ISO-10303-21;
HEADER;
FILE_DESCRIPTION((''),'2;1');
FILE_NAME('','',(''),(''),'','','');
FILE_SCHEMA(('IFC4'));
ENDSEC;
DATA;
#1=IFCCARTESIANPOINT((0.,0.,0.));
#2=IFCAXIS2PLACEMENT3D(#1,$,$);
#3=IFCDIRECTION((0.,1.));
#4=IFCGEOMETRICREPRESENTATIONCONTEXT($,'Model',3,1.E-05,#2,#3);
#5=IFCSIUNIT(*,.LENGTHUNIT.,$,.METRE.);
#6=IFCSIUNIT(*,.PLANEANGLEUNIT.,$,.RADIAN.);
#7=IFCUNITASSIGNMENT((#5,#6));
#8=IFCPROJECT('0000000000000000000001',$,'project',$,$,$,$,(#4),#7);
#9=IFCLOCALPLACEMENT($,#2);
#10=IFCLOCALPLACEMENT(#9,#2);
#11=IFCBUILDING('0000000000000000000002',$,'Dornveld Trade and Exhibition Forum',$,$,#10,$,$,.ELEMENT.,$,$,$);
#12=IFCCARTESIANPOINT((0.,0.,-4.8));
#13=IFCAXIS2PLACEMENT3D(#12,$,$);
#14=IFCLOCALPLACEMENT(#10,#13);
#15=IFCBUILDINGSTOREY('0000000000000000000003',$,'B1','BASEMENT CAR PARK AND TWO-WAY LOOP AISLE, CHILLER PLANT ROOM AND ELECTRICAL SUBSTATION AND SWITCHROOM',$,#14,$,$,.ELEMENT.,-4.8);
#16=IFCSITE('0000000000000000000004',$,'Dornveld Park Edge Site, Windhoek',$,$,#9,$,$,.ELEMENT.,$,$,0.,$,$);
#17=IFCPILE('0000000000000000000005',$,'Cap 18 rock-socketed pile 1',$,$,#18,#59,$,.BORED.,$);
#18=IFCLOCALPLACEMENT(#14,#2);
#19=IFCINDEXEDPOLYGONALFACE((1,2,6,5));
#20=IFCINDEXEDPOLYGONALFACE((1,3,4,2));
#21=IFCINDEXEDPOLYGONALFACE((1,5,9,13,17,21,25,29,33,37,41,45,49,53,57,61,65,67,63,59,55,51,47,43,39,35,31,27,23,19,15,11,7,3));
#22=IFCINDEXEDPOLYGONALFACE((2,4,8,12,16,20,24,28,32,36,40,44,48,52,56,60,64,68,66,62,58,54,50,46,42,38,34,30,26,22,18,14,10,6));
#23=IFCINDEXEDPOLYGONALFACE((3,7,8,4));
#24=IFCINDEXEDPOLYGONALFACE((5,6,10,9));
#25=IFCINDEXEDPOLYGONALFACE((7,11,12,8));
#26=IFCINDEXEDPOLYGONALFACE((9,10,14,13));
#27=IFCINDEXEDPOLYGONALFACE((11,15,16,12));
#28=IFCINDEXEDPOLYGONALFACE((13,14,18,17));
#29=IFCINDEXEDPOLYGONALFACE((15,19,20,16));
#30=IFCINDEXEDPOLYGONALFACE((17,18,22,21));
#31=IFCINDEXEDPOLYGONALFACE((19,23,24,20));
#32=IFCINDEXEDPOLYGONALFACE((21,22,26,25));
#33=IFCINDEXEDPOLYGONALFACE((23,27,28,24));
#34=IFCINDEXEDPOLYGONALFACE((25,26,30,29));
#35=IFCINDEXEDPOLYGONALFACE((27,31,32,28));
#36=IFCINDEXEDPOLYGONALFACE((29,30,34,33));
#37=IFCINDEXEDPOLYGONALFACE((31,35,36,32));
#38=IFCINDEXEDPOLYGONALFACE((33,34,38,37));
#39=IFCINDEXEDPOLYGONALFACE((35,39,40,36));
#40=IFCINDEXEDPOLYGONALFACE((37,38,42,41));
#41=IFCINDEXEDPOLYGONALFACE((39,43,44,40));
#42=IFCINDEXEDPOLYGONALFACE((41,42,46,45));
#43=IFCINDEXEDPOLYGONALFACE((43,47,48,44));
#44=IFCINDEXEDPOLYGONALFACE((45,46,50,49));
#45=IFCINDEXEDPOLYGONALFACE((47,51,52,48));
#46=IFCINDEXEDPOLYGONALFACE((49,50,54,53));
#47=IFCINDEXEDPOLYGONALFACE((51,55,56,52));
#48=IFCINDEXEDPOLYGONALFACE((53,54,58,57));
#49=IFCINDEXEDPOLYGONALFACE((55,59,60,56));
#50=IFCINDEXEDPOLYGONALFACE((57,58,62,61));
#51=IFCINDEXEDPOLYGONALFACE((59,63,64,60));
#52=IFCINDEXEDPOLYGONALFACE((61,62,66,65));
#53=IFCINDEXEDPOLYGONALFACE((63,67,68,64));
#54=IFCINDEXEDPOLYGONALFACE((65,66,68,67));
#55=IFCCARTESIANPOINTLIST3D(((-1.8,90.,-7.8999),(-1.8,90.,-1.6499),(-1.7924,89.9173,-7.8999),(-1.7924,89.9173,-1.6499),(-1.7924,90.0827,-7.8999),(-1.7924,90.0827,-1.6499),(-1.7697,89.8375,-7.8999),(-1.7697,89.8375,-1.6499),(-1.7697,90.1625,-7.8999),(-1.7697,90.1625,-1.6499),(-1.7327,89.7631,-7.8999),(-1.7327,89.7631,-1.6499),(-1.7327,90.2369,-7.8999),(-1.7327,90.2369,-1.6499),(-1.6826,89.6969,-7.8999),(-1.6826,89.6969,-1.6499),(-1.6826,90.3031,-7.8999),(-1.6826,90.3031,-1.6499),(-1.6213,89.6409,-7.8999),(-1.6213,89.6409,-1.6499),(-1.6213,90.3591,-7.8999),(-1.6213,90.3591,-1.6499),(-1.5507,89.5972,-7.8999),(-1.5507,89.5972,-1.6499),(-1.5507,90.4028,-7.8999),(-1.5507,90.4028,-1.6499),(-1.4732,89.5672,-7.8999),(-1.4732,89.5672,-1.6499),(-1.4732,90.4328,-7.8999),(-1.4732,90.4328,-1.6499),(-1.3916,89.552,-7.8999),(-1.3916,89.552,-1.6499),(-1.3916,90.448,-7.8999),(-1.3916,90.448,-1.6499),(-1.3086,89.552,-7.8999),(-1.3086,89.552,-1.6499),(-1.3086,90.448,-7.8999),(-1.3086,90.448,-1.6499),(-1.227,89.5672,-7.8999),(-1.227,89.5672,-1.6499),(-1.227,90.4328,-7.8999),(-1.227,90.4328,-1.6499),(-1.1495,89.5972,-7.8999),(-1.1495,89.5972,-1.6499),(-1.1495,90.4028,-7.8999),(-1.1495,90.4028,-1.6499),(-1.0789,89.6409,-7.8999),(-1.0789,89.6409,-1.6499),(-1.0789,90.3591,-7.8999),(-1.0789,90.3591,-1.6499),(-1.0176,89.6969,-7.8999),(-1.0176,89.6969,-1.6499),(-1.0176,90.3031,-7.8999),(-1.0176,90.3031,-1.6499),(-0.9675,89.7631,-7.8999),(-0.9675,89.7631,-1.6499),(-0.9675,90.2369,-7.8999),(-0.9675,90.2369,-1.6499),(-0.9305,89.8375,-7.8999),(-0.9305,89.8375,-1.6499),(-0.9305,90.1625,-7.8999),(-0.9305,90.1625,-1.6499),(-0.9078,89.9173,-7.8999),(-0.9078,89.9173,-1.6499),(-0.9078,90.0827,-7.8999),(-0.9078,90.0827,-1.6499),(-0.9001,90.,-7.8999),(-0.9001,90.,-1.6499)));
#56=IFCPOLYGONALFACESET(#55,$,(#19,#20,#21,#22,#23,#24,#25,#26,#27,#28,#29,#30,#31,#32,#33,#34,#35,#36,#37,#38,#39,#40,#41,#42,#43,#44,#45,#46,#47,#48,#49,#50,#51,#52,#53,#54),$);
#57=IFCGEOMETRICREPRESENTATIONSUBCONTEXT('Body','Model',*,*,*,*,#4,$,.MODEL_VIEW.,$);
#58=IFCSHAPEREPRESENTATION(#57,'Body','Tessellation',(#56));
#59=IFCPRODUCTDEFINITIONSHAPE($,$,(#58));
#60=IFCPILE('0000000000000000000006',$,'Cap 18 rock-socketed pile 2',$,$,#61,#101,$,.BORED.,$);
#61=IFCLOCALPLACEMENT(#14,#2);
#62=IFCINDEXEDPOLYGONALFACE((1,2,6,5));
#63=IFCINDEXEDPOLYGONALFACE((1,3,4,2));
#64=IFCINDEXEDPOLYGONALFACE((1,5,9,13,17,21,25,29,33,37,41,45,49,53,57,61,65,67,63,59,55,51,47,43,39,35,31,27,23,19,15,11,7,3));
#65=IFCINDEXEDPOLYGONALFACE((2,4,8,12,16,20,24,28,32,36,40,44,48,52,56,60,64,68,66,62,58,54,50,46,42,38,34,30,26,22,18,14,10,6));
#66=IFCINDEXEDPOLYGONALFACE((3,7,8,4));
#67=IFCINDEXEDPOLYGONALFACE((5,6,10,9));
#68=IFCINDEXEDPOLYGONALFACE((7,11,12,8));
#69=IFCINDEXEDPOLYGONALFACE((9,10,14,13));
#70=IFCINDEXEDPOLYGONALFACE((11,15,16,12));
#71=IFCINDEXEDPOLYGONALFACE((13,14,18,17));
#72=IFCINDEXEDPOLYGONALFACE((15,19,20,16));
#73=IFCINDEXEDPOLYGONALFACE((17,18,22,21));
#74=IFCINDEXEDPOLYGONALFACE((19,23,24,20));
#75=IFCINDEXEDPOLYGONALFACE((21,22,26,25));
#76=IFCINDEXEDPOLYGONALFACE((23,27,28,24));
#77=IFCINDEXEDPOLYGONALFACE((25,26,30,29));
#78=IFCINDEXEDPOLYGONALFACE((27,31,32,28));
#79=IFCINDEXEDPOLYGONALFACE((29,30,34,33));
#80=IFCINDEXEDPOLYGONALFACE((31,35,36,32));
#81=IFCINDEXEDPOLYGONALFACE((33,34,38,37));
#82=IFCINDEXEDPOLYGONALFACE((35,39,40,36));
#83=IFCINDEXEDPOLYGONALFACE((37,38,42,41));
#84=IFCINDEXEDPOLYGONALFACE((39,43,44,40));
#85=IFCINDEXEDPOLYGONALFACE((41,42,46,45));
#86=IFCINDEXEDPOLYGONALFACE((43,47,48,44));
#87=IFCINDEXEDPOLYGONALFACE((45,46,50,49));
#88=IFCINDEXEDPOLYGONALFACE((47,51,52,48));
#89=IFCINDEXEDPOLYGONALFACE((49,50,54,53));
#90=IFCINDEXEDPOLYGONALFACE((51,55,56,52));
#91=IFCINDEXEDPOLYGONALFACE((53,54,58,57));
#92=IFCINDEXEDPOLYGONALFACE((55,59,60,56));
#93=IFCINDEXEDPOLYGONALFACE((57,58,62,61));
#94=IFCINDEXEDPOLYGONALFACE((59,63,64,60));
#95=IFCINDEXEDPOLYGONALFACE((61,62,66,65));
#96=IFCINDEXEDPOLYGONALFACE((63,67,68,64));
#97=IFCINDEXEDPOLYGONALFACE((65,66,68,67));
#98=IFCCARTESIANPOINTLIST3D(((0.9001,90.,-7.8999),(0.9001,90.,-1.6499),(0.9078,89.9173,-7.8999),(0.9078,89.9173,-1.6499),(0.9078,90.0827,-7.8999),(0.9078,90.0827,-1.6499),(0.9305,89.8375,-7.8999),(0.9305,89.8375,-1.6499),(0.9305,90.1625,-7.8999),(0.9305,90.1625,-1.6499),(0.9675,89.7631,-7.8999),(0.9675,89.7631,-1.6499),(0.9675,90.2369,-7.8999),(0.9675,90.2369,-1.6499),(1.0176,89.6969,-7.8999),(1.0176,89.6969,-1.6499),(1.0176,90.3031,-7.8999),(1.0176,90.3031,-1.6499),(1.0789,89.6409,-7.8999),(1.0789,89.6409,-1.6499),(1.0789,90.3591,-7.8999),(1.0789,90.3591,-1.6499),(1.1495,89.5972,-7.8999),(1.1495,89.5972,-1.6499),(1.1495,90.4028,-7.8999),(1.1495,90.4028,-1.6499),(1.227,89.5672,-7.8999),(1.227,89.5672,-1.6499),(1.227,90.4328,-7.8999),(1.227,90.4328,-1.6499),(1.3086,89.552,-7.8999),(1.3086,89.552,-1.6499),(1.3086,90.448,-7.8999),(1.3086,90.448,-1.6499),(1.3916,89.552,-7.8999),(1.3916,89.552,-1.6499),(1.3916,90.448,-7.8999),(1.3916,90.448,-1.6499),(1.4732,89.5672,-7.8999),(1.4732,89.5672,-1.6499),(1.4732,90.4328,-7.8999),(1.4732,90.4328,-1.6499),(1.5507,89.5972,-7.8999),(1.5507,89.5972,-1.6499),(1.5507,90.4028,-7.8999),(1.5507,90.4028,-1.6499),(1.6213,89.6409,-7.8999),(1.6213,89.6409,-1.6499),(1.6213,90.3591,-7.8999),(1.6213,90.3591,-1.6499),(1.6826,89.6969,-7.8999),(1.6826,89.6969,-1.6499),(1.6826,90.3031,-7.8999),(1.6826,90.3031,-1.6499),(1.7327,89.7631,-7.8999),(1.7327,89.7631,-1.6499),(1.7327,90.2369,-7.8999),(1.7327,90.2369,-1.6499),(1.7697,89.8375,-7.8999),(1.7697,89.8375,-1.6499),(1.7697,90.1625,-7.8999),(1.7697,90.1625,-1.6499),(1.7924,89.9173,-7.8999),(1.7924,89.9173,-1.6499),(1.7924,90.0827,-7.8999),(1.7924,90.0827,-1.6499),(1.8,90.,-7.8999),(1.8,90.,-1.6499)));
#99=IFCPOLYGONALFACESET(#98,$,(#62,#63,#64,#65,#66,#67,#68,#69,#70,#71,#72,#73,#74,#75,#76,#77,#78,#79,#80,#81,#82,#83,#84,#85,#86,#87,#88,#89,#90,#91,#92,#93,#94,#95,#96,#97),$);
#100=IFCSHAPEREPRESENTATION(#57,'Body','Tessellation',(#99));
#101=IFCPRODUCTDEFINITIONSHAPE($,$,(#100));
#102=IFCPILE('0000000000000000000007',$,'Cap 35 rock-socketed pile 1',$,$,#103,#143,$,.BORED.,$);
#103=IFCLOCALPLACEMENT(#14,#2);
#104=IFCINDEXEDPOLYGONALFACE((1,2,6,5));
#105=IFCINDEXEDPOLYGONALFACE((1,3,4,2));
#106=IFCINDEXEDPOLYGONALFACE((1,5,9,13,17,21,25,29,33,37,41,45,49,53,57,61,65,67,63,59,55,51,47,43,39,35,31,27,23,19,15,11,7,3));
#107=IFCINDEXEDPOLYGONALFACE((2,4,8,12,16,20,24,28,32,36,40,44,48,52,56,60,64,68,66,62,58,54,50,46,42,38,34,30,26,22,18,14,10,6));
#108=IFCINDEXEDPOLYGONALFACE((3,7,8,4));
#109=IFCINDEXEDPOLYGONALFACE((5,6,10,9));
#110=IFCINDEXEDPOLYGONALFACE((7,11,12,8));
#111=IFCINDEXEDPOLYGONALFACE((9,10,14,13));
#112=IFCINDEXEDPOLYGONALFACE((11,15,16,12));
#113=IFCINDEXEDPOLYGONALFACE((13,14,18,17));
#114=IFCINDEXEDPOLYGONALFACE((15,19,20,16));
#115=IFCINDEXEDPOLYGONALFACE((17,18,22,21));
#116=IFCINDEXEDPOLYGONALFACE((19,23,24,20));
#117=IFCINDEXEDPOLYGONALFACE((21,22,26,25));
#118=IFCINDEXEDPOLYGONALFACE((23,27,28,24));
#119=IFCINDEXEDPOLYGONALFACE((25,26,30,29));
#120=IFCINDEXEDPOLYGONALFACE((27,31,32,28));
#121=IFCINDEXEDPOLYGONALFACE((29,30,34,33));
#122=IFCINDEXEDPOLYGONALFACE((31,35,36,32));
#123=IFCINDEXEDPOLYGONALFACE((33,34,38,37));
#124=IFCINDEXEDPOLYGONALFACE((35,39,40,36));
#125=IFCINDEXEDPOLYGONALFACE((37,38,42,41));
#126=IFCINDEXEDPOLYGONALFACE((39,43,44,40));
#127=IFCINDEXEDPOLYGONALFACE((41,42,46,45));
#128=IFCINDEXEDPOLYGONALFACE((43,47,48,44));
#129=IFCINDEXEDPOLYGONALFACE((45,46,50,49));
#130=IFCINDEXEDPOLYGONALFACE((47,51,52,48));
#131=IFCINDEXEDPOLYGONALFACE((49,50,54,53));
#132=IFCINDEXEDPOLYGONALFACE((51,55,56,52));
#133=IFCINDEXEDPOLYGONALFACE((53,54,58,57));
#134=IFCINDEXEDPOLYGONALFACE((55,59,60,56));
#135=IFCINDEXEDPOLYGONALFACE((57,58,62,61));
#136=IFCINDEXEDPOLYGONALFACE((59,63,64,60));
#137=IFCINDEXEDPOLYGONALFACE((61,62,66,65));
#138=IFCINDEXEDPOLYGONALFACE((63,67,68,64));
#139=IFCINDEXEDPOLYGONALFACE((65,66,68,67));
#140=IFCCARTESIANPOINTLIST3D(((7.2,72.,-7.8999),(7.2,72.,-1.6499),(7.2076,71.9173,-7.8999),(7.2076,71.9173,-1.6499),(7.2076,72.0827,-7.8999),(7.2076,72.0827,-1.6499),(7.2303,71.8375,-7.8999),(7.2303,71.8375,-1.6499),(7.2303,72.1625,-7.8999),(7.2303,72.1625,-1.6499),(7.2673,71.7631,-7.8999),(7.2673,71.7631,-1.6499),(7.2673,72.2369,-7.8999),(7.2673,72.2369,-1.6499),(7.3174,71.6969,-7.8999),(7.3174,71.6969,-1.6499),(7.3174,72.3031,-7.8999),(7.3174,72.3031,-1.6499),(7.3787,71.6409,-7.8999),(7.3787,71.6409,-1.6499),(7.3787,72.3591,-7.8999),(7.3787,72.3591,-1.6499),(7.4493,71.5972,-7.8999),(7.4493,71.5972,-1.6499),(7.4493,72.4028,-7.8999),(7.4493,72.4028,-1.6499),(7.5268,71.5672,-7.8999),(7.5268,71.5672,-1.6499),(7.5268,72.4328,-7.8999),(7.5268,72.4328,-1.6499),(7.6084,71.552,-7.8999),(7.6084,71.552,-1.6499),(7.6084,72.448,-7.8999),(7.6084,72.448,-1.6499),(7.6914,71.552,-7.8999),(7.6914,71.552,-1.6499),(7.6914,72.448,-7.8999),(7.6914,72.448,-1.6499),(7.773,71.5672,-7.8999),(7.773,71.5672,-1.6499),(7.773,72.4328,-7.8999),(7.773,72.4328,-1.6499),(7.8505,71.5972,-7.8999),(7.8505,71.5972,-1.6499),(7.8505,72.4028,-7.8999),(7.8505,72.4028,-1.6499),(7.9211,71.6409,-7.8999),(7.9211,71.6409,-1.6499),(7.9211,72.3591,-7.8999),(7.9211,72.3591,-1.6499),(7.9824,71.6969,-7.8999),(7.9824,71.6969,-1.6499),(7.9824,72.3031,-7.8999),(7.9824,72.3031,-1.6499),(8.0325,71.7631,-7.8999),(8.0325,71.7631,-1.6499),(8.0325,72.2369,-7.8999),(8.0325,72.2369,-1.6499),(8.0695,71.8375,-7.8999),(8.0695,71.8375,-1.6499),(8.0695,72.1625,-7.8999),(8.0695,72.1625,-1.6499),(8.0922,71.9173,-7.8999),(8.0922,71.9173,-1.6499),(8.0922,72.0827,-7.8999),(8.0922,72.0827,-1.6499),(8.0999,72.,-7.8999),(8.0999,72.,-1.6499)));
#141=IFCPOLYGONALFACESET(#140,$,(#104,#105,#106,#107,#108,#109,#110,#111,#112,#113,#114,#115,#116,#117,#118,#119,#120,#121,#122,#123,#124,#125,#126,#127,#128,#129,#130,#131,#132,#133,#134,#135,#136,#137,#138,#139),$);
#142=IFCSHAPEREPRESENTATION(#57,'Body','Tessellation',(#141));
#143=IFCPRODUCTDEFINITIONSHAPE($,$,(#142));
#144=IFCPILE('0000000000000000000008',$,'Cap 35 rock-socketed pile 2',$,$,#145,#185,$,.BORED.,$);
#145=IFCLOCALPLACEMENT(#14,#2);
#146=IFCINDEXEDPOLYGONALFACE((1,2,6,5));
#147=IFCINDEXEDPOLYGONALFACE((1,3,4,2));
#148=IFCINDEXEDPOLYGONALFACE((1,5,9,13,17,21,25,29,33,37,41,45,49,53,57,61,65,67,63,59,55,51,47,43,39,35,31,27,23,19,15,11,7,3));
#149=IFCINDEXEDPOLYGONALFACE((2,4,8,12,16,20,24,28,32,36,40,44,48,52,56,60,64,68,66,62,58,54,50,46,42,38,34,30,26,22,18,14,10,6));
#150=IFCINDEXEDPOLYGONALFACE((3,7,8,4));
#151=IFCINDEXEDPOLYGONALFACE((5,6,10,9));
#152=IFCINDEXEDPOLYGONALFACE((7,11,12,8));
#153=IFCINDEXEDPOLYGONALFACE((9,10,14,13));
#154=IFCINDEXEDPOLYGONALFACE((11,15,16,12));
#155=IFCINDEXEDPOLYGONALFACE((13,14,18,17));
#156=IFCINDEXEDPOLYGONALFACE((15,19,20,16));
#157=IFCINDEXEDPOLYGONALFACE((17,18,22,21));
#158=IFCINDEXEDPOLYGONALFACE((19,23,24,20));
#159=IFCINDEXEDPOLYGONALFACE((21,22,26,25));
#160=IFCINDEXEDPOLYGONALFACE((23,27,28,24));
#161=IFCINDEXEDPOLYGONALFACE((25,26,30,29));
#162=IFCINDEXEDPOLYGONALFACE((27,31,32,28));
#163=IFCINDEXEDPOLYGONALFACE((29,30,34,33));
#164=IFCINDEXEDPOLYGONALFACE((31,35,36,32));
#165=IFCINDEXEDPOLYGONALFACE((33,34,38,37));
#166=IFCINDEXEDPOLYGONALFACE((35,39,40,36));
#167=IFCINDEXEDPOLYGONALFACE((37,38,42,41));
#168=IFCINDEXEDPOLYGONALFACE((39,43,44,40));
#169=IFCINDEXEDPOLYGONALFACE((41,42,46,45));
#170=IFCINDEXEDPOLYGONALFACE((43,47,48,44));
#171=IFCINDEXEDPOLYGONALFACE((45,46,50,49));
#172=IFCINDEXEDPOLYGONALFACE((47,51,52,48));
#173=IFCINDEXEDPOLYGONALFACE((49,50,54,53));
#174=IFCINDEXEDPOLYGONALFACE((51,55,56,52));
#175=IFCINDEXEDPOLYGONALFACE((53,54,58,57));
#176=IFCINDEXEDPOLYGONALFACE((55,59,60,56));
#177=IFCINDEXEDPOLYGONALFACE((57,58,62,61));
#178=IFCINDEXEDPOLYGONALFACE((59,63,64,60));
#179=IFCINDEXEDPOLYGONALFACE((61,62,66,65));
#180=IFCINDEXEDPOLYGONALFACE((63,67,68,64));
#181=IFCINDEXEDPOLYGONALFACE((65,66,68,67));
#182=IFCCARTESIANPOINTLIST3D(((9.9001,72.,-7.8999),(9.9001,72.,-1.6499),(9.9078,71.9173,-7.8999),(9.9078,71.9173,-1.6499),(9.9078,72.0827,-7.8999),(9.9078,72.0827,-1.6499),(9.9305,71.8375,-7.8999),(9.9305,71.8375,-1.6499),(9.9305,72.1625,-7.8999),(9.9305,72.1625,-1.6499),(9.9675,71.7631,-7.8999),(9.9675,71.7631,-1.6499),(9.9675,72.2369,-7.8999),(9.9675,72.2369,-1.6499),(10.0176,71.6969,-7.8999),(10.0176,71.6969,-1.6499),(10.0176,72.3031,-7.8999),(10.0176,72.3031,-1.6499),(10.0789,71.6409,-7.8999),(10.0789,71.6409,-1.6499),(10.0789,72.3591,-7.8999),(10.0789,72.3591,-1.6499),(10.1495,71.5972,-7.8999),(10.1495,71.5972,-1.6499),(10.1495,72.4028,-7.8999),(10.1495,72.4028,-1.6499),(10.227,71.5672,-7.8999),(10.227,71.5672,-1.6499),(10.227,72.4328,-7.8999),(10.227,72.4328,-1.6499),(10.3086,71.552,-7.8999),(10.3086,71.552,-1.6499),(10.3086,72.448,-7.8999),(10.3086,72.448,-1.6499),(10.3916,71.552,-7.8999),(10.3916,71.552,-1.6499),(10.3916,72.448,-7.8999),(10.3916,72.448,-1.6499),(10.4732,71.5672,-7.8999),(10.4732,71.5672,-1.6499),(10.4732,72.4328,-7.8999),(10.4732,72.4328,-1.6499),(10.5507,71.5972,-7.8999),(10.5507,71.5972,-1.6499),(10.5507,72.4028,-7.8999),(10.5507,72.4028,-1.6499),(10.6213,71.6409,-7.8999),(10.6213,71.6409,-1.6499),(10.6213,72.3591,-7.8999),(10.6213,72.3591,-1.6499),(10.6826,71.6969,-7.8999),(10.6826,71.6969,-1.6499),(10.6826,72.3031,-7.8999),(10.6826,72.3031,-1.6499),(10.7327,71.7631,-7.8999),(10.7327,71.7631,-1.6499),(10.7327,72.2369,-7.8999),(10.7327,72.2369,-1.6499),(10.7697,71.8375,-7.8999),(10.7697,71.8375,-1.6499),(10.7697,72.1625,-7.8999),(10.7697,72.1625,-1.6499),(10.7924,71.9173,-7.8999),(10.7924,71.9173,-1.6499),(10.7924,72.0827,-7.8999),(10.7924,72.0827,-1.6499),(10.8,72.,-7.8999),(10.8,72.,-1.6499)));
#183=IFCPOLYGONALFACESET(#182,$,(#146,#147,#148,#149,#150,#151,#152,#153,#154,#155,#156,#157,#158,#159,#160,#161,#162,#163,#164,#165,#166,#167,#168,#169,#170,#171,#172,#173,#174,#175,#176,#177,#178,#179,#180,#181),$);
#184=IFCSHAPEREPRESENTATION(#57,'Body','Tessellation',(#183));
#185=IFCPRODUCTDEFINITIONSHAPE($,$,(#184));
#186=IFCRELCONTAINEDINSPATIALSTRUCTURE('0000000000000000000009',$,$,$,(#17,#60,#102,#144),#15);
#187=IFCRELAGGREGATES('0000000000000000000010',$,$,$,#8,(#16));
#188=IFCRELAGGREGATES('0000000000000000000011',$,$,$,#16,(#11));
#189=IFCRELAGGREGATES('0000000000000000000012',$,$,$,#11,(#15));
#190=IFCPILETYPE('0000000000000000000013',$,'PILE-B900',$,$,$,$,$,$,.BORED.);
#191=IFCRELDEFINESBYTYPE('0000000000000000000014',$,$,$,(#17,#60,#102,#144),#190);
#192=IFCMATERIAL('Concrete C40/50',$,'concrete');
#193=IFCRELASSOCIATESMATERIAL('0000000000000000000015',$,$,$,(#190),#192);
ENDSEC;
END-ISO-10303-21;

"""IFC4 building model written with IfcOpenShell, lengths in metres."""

from ifc_helpers import new_model, si_unit, direction, frame, origin, origin_2d, place, context, subcontext, project, spatial, circle, extrude, material, material_profile, profile_set, type_object, element, save


model = new_model("IFC4")

# Units and contexts
model_context = context("Model", 3, precision=1e-05, world=origin(), true_north=direction((0.0, 1.0)))
body_context = subcontext(model_context, "Body", "Model", "MODEL_VIEW")
ifc_project = project(units=[si_unit("LENGTHUNIT", "METRE"), si_unit("PLANEANGLEUNIT", "RADIAN")], contexts=[model_context])

# Site, building, storey
site_placement = place(None, origin())
site = spatial("IfcSite", under=ifc_project, at=site_placement, Name="Dornveld Park Edge Site, Windhoek", CompositionType="ELEMENT", RefElevation=0.0)
building_placement = place(site_placement, origin())
building = spatial("IfcBuilding", under=site, at=building_placement, Name="Dornveld Trade and Exhibition Forum", CompositionType="ELEMENT")
storey_placement = place(building_placement, frame((0.0, 0.0, -4.8)))
storey = spatial("IfcBuildingStorey", under=building, at=storey_placement, Name="B1", Description="BASEMENT CAR PARK AND TWO-WAY LOOP AISLE, CHILLER PLANT ROOM AND ELECTRICAL SUBSTATION AND SWITCHROOM", CompositionType="ELEMENT", Elevation=-4.8)

# Piles
ifc_material_1 = material(Name="Concrete C40/50", Category="concrete")
ifc_material_profile_1 = material_profile(ifc_material_1, circle(Radius=0.45, at=origin_2d()), Name="PILE D900")
ifc_profile_set_1 = profile_set([ifc_material_profile_1], Name="Concrete C40/50")
pile_type = type_object("IfcPileType", Name="PILE-B900", PredefinedType="BORED", material=ifc_profile_set_1)
for number, where, z_axis, x_axis, name in (
    (1, (-1.3501, 90.0, -1.6499), (0.0, 0.0, -1.0), (1.0, 0.0, 0.0), "Cap 18 rock-socketed pile 1"),
    (2, (1.3501, 90.0, -1.6499), (0.0, 0.0, -1.0), (1.0, 0.0, 0.0), "Cap 18 rock-socketed pile 2"),
    (3, (7.6499, 72.0, -1.6499), (0.0, 0.0, -1.0), (1.0, 0.0, 0.0), "Cap 35 rock-socketed pile 1"),
    (4, (10.3501, 72.0, -1.6499), (0.0, 0.0, -1.0), (1.0, 0.0, 0.0), "Cap 35 rock-socketed pile 2"),
):
    element("IfcPile", number, at=place(storey_placement, frame(where, z_axis=z_axis, x_axis=x_axis)), inside=storey, type_object=pile_type, Name=name, PredefinedType="BORED", context=body_context, shape_type="SweptSolid", body=[
        extrude(circle(Radius=0.45, at=origin_2d()), origin(), (0.0, 0.0, 1.0), 6.25),
    ])

save(model, "model.ifc")
